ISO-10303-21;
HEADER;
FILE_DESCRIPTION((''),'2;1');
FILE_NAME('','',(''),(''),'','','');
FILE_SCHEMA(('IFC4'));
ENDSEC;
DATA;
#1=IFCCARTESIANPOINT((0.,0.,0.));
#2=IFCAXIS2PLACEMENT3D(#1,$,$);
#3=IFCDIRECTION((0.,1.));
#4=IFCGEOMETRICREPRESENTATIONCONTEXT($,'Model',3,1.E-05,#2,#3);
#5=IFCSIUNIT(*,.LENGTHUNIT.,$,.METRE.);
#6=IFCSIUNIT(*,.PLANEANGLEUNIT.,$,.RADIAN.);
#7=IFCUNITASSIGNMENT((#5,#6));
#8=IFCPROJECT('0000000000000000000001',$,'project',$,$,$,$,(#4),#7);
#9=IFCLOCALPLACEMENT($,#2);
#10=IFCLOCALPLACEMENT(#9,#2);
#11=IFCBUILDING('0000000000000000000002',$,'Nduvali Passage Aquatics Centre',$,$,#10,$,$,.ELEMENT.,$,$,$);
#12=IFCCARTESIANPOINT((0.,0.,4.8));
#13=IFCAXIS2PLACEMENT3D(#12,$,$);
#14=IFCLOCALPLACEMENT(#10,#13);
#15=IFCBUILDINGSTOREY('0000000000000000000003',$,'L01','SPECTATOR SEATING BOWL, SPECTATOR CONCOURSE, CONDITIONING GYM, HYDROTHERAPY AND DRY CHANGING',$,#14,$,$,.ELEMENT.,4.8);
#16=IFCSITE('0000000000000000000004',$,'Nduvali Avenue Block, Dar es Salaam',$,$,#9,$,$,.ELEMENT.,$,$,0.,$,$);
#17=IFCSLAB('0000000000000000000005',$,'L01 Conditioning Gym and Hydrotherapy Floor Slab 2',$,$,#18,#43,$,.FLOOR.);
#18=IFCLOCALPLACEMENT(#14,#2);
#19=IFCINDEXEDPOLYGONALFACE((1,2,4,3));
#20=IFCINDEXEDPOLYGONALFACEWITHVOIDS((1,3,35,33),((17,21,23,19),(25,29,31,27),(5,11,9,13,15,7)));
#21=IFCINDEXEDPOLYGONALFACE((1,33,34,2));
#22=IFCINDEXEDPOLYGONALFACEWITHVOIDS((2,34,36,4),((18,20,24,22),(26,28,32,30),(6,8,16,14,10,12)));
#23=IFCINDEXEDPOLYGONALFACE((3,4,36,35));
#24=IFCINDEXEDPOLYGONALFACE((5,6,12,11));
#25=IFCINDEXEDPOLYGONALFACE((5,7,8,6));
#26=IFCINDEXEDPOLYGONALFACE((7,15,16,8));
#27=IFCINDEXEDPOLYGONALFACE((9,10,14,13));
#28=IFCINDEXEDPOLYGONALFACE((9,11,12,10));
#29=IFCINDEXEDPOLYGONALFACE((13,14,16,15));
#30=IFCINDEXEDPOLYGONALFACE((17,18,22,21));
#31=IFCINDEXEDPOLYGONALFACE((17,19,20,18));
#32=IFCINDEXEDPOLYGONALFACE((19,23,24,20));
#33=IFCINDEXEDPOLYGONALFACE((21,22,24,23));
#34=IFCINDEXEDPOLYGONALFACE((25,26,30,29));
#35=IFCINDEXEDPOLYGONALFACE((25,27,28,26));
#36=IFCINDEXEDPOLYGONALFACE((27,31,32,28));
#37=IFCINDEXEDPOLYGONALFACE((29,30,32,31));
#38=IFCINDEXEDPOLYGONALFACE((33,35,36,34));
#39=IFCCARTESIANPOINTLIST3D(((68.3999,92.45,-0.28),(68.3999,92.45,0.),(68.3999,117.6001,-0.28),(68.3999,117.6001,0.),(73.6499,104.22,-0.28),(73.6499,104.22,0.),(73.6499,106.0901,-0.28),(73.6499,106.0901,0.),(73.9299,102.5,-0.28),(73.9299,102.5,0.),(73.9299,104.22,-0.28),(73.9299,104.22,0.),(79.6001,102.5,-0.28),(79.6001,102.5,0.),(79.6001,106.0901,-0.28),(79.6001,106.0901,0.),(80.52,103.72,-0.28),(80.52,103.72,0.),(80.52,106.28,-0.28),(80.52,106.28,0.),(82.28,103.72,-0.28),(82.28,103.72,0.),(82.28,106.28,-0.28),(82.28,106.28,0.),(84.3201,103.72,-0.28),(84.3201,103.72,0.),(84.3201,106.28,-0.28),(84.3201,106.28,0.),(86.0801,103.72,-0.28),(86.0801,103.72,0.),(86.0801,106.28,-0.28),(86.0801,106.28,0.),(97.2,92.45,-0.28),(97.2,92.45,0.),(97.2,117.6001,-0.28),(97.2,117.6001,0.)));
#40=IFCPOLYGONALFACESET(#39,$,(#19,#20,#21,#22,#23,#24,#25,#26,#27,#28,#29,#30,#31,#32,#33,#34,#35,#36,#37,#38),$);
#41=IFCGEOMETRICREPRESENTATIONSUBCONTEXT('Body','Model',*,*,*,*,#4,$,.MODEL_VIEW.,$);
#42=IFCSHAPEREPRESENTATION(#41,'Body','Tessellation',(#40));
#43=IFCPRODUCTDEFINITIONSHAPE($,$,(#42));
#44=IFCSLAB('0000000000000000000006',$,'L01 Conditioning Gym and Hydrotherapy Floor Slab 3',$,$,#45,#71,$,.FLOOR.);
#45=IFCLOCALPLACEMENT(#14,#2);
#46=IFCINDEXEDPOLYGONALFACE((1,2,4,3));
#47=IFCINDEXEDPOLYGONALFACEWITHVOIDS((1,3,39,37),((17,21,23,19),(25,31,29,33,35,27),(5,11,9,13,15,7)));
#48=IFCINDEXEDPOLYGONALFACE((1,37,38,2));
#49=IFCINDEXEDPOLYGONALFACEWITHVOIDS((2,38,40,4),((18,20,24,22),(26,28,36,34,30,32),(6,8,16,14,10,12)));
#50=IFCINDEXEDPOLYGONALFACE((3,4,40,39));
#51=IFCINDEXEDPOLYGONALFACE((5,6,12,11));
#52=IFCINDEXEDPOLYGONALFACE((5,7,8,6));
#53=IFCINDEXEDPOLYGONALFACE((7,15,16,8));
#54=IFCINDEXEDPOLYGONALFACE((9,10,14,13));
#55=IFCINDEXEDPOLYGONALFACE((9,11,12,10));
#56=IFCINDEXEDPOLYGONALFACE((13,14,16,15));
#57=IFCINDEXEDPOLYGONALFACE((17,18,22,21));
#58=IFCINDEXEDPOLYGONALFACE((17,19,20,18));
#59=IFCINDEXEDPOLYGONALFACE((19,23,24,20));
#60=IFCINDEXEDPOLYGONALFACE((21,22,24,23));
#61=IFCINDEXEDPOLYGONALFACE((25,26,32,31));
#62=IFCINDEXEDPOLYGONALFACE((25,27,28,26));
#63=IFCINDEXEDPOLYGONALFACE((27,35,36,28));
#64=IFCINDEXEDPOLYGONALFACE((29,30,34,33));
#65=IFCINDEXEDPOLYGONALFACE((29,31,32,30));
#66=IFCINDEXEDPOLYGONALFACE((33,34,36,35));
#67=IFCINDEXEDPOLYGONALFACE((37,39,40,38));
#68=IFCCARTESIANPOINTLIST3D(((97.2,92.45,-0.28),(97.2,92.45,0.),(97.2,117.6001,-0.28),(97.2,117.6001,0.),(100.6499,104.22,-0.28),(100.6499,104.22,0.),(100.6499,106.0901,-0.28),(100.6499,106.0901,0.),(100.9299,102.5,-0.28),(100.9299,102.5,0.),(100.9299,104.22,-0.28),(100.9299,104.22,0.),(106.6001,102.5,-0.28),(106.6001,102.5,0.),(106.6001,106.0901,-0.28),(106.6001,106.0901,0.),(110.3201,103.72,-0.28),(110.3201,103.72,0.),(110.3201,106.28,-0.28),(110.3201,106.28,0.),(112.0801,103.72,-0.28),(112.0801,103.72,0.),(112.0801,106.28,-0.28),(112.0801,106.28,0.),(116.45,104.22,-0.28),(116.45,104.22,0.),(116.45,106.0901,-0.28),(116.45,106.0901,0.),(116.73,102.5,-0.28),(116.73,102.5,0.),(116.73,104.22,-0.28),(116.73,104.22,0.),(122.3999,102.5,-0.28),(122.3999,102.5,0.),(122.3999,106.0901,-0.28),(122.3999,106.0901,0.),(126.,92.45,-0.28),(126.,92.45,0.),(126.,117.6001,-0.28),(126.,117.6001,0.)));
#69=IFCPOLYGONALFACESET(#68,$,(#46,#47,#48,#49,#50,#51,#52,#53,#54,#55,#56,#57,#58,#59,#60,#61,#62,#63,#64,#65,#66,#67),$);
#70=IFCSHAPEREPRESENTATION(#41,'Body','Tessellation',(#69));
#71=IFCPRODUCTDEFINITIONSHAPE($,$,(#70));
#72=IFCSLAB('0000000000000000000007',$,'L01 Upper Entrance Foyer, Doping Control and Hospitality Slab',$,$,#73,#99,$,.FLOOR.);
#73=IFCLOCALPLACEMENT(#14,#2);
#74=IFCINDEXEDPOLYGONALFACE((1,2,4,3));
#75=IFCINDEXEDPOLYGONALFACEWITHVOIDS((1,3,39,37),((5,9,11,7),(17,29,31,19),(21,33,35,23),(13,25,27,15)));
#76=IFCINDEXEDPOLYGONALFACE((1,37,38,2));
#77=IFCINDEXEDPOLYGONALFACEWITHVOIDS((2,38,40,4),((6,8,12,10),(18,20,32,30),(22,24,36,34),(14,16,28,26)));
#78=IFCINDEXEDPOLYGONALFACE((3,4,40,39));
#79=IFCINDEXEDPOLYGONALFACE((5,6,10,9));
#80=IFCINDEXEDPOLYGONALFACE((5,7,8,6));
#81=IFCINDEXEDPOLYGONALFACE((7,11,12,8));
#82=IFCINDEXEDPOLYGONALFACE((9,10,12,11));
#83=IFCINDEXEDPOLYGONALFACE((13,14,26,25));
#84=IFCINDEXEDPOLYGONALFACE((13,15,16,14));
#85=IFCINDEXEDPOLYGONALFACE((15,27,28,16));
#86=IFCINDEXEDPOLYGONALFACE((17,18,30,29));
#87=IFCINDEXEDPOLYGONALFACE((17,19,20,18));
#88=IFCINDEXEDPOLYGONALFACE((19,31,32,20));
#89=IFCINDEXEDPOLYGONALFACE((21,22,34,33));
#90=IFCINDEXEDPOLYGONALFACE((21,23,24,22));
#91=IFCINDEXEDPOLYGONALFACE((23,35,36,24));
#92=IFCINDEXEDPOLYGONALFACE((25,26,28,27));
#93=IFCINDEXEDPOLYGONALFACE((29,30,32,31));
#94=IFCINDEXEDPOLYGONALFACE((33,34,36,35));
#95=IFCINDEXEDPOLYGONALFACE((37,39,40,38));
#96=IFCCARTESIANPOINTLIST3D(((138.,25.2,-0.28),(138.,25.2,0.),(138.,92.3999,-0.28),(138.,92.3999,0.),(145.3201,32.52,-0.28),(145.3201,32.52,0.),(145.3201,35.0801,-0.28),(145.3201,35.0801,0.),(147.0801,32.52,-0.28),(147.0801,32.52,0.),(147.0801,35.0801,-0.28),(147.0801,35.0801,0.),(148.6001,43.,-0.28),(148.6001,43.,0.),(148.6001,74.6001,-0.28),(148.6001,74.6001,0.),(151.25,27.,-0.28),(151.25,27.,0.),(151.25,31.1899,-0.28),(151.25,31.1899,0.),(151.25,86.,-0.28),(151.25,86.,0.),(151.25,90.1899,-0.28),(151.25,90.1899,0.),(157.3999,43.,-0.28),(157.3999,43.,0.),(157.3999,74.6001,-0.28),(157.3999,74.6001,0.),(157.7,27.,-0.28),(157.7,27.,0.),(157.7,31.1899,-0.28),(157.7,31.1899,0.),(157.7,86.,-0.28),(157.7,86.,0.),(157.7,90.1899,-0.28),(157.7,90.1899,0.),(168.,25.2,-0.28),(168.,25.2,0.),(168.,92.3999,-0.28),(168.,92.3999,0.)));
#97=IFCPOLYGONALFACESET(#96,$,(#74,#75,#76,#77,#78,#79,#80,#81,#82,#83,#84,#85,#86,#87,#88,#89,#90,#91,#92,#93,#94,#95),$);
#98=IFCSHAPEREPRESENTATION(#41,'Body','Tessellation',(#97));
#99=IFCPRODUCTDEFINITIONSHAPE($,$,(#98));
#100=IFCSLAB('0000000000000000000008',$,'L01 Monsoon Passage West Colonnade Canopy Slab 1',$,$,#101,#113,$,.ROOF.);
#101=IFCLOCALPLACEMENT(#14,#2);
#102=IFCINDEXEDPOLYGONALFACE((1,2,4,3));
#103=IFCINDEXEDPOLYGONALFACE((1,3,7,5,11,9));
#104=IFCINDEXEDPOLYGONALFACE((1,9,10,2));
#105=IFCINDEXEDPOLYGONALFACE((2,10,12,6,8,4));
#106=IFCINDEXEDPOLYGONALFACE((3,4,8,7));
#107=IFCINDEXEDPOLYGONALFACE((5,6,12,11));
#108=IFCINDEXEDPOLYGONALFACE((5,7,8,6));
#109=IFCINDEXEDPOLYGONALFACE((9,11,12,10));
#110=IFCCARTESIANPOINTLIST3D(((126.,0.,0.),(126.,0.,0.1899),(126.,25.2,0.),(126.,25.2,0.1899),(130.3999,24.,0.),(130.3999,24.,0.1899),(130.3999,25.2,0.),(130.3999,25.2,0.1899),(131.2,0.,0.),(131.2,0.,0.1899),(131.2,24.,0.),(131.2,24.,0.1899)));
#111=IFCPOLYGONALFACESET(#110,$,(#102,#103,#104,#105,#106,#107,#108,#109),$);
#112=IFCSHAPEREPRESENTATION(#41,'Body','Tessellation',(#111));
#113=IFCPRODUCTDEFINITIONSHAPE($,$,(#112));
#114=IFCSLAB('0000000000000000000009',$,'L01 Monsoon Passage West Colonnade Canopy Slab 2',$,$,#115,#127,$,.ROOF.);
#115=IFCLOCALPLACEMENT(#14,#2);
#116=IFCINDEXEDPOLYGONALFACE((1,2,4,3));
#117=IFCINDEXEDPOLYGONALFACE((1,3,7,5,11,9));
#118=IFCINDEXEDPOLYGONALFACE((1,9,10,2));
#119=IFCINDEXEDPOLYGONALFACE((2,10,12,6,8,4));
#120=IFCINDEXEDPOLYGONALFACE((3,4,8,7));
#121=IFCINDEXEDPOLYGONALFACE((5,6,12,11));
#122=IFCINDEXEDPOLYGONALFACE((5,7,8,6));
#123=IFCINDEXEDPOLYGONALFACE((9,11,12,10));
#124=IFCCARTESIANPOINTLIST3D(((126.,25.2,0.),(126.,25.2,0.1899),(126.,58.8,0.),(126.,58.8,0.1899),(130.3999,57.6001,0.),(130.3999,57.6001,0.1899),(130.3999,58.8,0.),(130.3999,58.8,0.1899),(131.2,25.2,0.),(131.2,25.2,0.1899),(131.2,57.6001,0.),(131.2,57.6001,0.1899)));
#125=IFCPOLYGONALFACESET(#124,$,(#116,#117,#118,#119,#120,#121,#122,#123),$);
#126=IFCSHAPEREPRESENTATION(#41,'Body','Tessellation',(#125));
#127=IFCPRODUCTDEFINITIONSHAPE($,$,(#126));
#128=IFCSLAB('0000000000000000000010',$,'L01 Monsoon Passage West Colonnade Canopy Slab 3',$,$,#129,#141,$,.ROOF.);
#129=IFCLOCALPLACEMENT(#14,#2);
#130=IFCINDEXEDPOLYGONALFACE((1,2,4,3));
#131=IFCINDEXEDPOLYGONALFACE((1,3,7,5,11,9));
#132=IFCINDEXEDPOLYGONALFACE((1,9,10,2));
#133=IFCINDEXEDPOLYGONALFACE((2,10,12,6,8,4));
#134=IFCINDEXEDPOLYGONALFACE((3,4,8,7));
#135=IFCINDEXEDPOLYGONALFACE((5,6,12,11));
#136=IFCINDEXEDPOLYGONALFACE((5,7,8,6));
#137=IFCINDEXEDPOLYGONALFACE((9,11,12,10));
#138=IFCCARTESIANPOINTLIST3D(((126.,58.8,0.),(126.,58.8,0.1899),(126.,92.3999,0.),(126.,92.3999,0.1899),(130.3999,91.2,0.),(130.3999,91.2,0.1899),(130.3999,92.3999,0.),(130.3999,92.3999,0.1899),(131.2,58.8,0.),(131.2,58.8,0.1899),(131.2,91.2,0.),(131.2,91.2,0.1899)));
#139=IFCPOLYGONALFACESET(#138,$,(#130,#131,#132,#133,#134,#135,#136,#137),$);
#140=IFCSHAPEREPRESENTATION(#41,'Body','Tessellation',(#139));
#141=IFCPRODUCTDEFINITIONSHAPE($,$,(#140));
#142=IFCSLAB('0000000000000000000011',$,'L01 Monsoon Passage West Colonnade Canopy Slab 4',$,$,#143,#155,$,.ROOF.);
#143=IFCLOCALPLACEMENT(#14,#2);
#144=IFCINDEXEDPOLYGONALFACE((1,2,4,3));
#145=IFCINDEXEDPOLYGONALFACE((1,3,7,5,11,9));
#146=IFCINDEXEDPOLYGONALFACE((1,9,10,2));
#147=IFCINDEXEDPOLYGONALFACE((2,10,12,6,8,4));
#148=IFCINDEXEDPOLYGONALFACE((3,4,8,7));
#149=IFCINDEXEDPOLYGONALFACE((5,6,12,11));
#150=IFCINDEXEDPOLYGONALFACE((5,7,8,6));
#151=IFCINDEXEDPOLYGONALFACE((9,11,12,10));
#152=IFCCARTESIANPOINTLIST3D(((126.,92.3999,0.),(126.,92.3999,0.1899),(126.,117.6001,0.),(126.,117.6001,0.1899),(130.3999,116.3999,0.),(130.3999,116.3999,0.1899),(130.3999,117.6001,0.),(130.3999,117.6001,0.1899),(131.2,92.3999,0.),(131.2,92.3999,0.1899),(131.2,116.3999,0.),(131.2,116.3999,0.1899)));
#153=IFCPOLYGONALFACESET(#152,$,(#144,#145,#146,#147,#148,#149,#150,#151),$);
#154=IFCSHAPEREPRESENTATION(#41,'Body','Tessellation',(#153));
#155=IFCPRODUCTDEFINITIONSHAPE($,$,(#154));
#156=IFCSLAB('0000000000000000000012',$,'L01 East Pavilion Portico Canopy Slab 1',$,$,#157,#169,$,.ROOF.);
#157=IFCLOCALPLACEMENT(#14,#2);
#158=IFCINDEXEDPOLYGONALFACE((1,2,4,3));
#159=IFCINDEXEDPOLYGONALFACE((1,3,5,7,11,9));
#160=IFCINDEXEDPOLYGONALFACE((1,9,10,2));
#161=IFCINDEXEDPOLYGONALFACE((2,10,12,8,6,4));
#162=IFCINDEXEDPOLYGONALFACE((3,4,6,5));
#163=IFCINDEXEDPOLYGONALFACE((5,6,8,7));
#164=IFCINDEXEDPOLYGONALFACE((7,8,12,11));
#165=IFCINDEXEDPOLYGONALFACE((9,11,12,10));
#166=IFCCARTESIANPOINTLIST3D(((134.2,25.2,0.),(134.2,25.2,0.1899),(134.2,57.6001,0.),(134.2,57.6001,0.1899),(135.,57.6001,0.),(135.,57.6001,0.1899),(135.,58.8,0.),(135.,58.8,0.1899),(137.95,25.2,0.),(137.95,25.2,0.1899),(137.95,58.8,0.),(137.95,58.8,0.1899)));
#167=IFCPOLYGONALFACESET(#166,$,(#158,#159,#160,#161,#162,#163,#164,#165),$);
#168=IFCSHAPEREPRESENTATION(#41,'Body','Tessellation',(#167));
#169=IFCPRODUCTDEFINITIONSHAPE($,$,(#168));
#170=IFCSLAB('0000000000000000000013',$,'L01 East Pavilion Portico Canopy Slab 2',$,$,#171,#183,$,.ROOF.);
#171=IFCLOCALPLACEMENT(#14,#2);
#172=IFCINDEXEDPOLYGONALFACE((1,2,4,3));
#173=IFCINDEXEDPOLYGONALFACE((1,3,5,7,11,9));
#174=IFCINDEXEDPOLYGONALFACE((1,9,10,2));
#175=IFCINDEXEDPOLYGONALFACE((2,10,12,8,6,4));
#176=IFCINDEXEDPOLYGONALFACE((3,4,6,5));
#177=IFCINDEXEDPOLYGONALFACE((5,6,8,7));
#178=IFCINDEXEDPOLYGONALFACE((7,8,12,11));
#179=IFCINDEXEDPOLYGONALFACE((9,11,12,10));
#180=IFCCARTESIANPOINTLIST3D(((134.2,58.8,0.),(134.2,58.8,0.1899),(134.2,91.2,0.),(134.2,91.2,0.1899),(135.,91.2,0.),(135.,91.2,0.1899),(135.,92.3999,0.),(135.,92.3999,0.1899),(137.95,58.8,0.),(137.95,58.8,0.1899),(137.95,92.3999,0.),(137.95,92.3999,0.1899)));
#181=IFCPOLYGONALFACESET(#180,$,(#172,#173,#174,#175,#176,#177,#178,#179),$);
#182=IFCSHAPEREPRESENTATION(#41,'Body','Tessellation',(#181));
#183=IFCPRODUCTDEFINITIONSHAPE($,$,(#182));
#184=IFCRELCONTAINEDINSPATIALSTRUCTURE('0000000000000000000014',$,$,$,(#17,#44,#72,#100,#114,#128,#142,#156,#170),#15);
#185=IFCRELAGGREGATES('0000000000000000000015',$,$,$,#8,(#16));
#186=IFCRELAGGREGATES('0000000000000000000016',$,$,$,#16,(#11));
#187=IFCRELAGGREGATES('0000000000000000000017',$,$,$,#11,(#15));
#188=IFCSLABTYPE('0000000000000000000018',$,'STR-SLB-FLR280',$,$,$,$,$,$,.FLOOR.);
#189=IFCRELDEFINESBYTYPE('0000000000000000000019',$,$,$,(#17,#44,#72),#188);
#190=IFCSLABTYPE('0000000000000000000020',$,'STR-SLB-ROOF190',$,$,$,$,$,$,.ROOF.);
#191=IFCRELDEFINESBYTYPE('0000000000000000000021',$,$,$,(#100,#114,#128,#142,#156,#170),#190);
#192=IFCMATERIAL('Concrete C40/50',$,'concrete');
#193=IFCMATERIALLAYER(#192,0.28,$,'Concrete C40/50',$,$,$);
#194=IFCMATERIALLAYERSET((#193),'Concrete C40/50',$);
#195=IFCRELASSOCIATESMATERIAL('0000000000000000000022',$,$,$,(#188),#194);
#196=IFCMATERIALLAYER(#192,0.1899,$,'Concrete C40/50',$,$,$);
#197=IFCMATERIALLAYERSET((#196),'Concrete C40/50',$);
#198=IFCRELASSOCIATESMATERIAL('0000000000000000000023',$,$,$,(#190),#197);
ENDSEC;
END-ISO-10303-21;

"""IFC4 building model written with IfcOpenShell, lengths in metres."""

from ifc_helpers import new_model, si_unit, direction, frame, origin, place, context, subcontext, project, spatial, polyline, outline, extrude, material, layer, layer_set, type_object, element, save


model = new_model("IFC4")

# Units and contexts
model_context = context("Model", 3, precision=1e-05, world=origin(), true_north=direction((0.0, 1.0)))
body_context = subcontext(model_context, "Body", "Model", "MODEL_VIEW")
ifc_project = project(units=[si_unit("LENGTHUNIT", "METRE"), si_unit("PLANEANGLEUNIT", "RADIAN")], contexts=[model_context])

# Site, building, storey
site_placement = place(None, origin())
site = spatial("IfcSite", under=ifc_project, at=site_placement, Name="Nduvali Avenue Block, Dar es Salaam", CompositionType="ELEMENT", RefElevation=0.0)
building_placement = place(site_placement, origin())
building = spatial("IfcBuilding", under=site, at=building_placement, Name="Nduvali Passage Aquatics Centre", CompositionType="ELEMENT")
storey_placement = place(building_placement, frame((0.0, 0.0, 4.8)))
storey = spatial("IfcBuildingStorey", under=building, at=storey_placement, Name="L01", Description="SPECTATOR SEATING BOWL, SPECTATOR CONCOURSE, CONDITIONING GYM, HYDROTHERAPY AND DRY CHANGING", CompositionType="ELEMENT", Elevation=4.8)

# Slabs
ifc_material_1 = material(Name="Concrete C40/50", Category="concrete")
ifc_layer_1 = layer(ifc_material_1, 0.28, Name="Concrete C40/50")
ifc_layer_set_1 = layer_set([ifc_layer_1], Name="Concrete C40/50")
slab_type_1 = type_object("IfcSlabType", Name="STR-SLB-FLR280", PredefinedType="FLOOR", material=ifc_layer_set_1)
slab_1_placement = place(storey_placement, frame((0.0, 0.0, -0.28)))
element("IfcSlab", 1, at=slab_1_placement, inside=storey, type_object=slab_type_1, Name="L01 Conditioning Gym and Hydrotherapy Floor Slab 2", PredefinedType="FLOOR", context=body_context, shape_type="SweptSolid", body=[
    extrude(outline(polyline([(68.3999, 92.45), (97.2, 92.45), (97.2, 117.6001), (68.3999, 117.6001), (68.3999, 92.45)]), holes=[polyline([(73.9299, 102.5), (79.6001, 102.5), (79.6001, 106.0901), (73.6499, 106.0901), (73.6499, 104.22), (73.9299, 104.22), (73.9299, 102.5)]), polyline([(80.52, 103.72), (82.28, 103.72), (82.28, 106.28), (80.52, 106.28), (80.52, 103.72)]), polyline([(84.3201, 103.72), (86.0801, 103.72), (86.0801, 106.28), (84.3201, 106.28), (84.3201, 103.72)])]), origin(), (0.0, 0.0, 1.0), 0.28),
])
slab_2_placement = place(storey_placement, frame((0.0, 0.0, -0.28)))
element("IfcSlab", 2, at=slab_2_placement, inside=storey, type_object=slab_type_1, Name="L01 Conditioning Gym and Hydrotherapy Floor Slab 3", PredefinedType="FLOOR", context=body_context, shape_type="SweptSolid", body=[
    extrude(outline(polyline([(97.2, 92.45), (126.0, 92.45), (126.0, 117.6001), (97.2, 117.6001), (97.2, 92.45)]), holes=[polyline([(116.73, 102.5), (122.3999, 102.5), (122.3999, 106.0901), (116.45, 106.0901), (116.45, 104.22), (116.73, 104.22), (116.73, 102.5)]), polyline([(100.9299, 102.5), (106.6001, 102.5), (106.6001, 106.0901), (100.6499, 106.0901), (100.6499, 104.22), (100.9299, 104.22), (100.9299, 102.5)]), polyline([(110.3201, 103.72), (112.0801, 103.72), (112.0801, 106.28), (110.3201, 106.28), (110.3201, 103.72)])]), origin(), (0.0, 0.0, 1.0), 0.28),
])
slab_3_placement = place(storey_placement, frame((0.0, 0.0, -0.28)))
element("IfcSlab", 3, at=slab_3_placement, inside=storey, type_object=slab_type_1, Name="L01 Upper Entrance Foyer, Doping Control and Hospitality Slab", PredefinedType="FLOOR", context=body_context, shape_type="SweptSolid", body=[
    extrude(outline(polyline([(138.0, 25.2), (168.0, 25.2), (168.0, 92.3999), (138.0, 92.3999), (138.0, 25.2)]), holes=[polyline([(151.25, 27.0), (157.7, 27.0), (157.7, 31.1899), (151.25, 31.1899), (151.25, 27.0)]), polyline([(151.25, 86.0), (157.7, 86.0), (157.7, 90.1899), (151.25, 90.1899), (151.25, 86.0)]), polyline([(145.3201, 32.52), (147.0801, 32.52), (147.0801, 35.0801), (145.3201, 35.0801), (145.3201, 32.52)]), polyline([(148.6001, 43.0), (157.3999, 43.0), (157.3999, 74.6001), (148.6001, 74.6001), (148.6001, 43.0)])]), origin(), (0.0, 0.0, 1.0), 0.28),
])
ifc_layer_2 = layer(ifc_material_1, 0.1899, Name="Concrete C40/50")
ifc_layer_set_2 = layer_set([ifc_layer_2], Name="Concrete C40/50")
slab_type_2 = type_object("IfcSlabType", Name="STR-SLB-ROOF190", PredefinedType="ROOF", material=ifc_layer_set_2)
slab_4_placement = place(storey_placement, origin())
element("IfcSlab", 4, at=slab_4_placement, inside=storey, type_object=slab_type_2, Name="L01 Monsoon Passage West Colonnade Canopy Slab 1", PredefinedType="ROOF", context=body_context, shape_type="SweptSolid", body=[
    extrude(outline(polyline([(126.0, 0.0), (131.2, 0.0), (131.2, 24.0), (130.3999, 24.0), (130.3999, 25.2), (126.0, 25.2), (126.0, 0.0)])), origin(), (0.0, 0.0, 1.0), 0.1899),
])
slab_5_placement = place(storey_placement, origin())
element("IfcSlab", 5, at=slab_5_placement, inside=storey, type_object=slab_type_2, Name="L01 Monsoon Passage West Colonnade Canopy Slab 2", PredefinedType="ROOF", context=body_context, shape_type="SweptSolid", body=[
    extrude(outline(polyline([(126.0, 25.2), (131.2, 25.2), (131.2, 57.6001), (130.3999, 57.6001), (130.3999, 58.8), (126.0, 58.8), (126.0, 25.2)])), origin(), (0.0, 0.0, 1.0), 0.1899),
])
slab_6_placement = place(storey_placement, origin())
element("IfcSlab", 6, at=slab_6_placement, inside=storey, type_object=slab_type_2, Name="L01 Monsoon Passage West Colonnade Canopy Slab 3", PredefinedType="ROOF", context=body_context, shape_type="SweptSolid", body=[
    extrude(outline(polyline([(126.0, 58.8), (131.2, 58.8), (131.2, 91.2), (130.3999, 91.2), (130.3999, 92.3999), (126.0, 92.3999), (126.0, 58.8)])), origin(), (0.0, 0.0, 1.0), 0.1899),
])
slab_7_placement = place(storey_placement, origin())
element("IfcSlab", 7, at=slab_7_placement, inside=storey, type_object=slab_type_2, Name="L01 Monsoon Passage West Colonnade Canopy Slab 4", PredefinedType="ROOF", context=body_context, shape_type="SweptSolid", body=[
    extrude(outline(polyline([(126.0, 92.3999), (131.2, 92.3999), (131.2, 116.3999), (130.3999, 116.3999), (130.3999, 117.6001), (126.0, 117.6001), (126.0, 92.3999)])), origin(), (0.0, 0.0, 1.0), 0.1899),
])
slab_8_placement = place(storey_placement, origin())
element("IfcSlab", 8, at=slab_8_placement, inside=storey, type_object=slab_type_2, Name="L01 East Pavilion Portico Canopy Slab 1", PredefinedType="ROOF", context=body_context, shape_type="SweptSolid", body=[
    extrude(outline(polyline([(134.2, 25.2), (137.95, 25.2), (137.95, 58.8), (135.0, 58.8), (135.0, 57.6001), (134.2, 57.6001), (134.2, 25.2)])), origin(), (0.0, 0.0, 1.0), 0.1899),
])
slab_9_placement = place(storey_placement, origin())
element("IfcSlab", 9, at=slab_9_placement, inside=storey, type_object=slab_type_2, Name="L01 East Pavilion Portico Canopy Slab 2", PredefinedType="ROOF", context=body_context, shape_type="SweptSolid", body=[
    extrude(outline(polyline([(134.2, 58.8), (137.95, 58.8), (137.95, 92.3999), (135.0, 92.3999), (135.0, 91.2), (134.2, 91.2), (134.2, 58.8)])), origin(), (0.0, 0.0, 1.0), 0.1899),
])

save(model, "model.ifc")
